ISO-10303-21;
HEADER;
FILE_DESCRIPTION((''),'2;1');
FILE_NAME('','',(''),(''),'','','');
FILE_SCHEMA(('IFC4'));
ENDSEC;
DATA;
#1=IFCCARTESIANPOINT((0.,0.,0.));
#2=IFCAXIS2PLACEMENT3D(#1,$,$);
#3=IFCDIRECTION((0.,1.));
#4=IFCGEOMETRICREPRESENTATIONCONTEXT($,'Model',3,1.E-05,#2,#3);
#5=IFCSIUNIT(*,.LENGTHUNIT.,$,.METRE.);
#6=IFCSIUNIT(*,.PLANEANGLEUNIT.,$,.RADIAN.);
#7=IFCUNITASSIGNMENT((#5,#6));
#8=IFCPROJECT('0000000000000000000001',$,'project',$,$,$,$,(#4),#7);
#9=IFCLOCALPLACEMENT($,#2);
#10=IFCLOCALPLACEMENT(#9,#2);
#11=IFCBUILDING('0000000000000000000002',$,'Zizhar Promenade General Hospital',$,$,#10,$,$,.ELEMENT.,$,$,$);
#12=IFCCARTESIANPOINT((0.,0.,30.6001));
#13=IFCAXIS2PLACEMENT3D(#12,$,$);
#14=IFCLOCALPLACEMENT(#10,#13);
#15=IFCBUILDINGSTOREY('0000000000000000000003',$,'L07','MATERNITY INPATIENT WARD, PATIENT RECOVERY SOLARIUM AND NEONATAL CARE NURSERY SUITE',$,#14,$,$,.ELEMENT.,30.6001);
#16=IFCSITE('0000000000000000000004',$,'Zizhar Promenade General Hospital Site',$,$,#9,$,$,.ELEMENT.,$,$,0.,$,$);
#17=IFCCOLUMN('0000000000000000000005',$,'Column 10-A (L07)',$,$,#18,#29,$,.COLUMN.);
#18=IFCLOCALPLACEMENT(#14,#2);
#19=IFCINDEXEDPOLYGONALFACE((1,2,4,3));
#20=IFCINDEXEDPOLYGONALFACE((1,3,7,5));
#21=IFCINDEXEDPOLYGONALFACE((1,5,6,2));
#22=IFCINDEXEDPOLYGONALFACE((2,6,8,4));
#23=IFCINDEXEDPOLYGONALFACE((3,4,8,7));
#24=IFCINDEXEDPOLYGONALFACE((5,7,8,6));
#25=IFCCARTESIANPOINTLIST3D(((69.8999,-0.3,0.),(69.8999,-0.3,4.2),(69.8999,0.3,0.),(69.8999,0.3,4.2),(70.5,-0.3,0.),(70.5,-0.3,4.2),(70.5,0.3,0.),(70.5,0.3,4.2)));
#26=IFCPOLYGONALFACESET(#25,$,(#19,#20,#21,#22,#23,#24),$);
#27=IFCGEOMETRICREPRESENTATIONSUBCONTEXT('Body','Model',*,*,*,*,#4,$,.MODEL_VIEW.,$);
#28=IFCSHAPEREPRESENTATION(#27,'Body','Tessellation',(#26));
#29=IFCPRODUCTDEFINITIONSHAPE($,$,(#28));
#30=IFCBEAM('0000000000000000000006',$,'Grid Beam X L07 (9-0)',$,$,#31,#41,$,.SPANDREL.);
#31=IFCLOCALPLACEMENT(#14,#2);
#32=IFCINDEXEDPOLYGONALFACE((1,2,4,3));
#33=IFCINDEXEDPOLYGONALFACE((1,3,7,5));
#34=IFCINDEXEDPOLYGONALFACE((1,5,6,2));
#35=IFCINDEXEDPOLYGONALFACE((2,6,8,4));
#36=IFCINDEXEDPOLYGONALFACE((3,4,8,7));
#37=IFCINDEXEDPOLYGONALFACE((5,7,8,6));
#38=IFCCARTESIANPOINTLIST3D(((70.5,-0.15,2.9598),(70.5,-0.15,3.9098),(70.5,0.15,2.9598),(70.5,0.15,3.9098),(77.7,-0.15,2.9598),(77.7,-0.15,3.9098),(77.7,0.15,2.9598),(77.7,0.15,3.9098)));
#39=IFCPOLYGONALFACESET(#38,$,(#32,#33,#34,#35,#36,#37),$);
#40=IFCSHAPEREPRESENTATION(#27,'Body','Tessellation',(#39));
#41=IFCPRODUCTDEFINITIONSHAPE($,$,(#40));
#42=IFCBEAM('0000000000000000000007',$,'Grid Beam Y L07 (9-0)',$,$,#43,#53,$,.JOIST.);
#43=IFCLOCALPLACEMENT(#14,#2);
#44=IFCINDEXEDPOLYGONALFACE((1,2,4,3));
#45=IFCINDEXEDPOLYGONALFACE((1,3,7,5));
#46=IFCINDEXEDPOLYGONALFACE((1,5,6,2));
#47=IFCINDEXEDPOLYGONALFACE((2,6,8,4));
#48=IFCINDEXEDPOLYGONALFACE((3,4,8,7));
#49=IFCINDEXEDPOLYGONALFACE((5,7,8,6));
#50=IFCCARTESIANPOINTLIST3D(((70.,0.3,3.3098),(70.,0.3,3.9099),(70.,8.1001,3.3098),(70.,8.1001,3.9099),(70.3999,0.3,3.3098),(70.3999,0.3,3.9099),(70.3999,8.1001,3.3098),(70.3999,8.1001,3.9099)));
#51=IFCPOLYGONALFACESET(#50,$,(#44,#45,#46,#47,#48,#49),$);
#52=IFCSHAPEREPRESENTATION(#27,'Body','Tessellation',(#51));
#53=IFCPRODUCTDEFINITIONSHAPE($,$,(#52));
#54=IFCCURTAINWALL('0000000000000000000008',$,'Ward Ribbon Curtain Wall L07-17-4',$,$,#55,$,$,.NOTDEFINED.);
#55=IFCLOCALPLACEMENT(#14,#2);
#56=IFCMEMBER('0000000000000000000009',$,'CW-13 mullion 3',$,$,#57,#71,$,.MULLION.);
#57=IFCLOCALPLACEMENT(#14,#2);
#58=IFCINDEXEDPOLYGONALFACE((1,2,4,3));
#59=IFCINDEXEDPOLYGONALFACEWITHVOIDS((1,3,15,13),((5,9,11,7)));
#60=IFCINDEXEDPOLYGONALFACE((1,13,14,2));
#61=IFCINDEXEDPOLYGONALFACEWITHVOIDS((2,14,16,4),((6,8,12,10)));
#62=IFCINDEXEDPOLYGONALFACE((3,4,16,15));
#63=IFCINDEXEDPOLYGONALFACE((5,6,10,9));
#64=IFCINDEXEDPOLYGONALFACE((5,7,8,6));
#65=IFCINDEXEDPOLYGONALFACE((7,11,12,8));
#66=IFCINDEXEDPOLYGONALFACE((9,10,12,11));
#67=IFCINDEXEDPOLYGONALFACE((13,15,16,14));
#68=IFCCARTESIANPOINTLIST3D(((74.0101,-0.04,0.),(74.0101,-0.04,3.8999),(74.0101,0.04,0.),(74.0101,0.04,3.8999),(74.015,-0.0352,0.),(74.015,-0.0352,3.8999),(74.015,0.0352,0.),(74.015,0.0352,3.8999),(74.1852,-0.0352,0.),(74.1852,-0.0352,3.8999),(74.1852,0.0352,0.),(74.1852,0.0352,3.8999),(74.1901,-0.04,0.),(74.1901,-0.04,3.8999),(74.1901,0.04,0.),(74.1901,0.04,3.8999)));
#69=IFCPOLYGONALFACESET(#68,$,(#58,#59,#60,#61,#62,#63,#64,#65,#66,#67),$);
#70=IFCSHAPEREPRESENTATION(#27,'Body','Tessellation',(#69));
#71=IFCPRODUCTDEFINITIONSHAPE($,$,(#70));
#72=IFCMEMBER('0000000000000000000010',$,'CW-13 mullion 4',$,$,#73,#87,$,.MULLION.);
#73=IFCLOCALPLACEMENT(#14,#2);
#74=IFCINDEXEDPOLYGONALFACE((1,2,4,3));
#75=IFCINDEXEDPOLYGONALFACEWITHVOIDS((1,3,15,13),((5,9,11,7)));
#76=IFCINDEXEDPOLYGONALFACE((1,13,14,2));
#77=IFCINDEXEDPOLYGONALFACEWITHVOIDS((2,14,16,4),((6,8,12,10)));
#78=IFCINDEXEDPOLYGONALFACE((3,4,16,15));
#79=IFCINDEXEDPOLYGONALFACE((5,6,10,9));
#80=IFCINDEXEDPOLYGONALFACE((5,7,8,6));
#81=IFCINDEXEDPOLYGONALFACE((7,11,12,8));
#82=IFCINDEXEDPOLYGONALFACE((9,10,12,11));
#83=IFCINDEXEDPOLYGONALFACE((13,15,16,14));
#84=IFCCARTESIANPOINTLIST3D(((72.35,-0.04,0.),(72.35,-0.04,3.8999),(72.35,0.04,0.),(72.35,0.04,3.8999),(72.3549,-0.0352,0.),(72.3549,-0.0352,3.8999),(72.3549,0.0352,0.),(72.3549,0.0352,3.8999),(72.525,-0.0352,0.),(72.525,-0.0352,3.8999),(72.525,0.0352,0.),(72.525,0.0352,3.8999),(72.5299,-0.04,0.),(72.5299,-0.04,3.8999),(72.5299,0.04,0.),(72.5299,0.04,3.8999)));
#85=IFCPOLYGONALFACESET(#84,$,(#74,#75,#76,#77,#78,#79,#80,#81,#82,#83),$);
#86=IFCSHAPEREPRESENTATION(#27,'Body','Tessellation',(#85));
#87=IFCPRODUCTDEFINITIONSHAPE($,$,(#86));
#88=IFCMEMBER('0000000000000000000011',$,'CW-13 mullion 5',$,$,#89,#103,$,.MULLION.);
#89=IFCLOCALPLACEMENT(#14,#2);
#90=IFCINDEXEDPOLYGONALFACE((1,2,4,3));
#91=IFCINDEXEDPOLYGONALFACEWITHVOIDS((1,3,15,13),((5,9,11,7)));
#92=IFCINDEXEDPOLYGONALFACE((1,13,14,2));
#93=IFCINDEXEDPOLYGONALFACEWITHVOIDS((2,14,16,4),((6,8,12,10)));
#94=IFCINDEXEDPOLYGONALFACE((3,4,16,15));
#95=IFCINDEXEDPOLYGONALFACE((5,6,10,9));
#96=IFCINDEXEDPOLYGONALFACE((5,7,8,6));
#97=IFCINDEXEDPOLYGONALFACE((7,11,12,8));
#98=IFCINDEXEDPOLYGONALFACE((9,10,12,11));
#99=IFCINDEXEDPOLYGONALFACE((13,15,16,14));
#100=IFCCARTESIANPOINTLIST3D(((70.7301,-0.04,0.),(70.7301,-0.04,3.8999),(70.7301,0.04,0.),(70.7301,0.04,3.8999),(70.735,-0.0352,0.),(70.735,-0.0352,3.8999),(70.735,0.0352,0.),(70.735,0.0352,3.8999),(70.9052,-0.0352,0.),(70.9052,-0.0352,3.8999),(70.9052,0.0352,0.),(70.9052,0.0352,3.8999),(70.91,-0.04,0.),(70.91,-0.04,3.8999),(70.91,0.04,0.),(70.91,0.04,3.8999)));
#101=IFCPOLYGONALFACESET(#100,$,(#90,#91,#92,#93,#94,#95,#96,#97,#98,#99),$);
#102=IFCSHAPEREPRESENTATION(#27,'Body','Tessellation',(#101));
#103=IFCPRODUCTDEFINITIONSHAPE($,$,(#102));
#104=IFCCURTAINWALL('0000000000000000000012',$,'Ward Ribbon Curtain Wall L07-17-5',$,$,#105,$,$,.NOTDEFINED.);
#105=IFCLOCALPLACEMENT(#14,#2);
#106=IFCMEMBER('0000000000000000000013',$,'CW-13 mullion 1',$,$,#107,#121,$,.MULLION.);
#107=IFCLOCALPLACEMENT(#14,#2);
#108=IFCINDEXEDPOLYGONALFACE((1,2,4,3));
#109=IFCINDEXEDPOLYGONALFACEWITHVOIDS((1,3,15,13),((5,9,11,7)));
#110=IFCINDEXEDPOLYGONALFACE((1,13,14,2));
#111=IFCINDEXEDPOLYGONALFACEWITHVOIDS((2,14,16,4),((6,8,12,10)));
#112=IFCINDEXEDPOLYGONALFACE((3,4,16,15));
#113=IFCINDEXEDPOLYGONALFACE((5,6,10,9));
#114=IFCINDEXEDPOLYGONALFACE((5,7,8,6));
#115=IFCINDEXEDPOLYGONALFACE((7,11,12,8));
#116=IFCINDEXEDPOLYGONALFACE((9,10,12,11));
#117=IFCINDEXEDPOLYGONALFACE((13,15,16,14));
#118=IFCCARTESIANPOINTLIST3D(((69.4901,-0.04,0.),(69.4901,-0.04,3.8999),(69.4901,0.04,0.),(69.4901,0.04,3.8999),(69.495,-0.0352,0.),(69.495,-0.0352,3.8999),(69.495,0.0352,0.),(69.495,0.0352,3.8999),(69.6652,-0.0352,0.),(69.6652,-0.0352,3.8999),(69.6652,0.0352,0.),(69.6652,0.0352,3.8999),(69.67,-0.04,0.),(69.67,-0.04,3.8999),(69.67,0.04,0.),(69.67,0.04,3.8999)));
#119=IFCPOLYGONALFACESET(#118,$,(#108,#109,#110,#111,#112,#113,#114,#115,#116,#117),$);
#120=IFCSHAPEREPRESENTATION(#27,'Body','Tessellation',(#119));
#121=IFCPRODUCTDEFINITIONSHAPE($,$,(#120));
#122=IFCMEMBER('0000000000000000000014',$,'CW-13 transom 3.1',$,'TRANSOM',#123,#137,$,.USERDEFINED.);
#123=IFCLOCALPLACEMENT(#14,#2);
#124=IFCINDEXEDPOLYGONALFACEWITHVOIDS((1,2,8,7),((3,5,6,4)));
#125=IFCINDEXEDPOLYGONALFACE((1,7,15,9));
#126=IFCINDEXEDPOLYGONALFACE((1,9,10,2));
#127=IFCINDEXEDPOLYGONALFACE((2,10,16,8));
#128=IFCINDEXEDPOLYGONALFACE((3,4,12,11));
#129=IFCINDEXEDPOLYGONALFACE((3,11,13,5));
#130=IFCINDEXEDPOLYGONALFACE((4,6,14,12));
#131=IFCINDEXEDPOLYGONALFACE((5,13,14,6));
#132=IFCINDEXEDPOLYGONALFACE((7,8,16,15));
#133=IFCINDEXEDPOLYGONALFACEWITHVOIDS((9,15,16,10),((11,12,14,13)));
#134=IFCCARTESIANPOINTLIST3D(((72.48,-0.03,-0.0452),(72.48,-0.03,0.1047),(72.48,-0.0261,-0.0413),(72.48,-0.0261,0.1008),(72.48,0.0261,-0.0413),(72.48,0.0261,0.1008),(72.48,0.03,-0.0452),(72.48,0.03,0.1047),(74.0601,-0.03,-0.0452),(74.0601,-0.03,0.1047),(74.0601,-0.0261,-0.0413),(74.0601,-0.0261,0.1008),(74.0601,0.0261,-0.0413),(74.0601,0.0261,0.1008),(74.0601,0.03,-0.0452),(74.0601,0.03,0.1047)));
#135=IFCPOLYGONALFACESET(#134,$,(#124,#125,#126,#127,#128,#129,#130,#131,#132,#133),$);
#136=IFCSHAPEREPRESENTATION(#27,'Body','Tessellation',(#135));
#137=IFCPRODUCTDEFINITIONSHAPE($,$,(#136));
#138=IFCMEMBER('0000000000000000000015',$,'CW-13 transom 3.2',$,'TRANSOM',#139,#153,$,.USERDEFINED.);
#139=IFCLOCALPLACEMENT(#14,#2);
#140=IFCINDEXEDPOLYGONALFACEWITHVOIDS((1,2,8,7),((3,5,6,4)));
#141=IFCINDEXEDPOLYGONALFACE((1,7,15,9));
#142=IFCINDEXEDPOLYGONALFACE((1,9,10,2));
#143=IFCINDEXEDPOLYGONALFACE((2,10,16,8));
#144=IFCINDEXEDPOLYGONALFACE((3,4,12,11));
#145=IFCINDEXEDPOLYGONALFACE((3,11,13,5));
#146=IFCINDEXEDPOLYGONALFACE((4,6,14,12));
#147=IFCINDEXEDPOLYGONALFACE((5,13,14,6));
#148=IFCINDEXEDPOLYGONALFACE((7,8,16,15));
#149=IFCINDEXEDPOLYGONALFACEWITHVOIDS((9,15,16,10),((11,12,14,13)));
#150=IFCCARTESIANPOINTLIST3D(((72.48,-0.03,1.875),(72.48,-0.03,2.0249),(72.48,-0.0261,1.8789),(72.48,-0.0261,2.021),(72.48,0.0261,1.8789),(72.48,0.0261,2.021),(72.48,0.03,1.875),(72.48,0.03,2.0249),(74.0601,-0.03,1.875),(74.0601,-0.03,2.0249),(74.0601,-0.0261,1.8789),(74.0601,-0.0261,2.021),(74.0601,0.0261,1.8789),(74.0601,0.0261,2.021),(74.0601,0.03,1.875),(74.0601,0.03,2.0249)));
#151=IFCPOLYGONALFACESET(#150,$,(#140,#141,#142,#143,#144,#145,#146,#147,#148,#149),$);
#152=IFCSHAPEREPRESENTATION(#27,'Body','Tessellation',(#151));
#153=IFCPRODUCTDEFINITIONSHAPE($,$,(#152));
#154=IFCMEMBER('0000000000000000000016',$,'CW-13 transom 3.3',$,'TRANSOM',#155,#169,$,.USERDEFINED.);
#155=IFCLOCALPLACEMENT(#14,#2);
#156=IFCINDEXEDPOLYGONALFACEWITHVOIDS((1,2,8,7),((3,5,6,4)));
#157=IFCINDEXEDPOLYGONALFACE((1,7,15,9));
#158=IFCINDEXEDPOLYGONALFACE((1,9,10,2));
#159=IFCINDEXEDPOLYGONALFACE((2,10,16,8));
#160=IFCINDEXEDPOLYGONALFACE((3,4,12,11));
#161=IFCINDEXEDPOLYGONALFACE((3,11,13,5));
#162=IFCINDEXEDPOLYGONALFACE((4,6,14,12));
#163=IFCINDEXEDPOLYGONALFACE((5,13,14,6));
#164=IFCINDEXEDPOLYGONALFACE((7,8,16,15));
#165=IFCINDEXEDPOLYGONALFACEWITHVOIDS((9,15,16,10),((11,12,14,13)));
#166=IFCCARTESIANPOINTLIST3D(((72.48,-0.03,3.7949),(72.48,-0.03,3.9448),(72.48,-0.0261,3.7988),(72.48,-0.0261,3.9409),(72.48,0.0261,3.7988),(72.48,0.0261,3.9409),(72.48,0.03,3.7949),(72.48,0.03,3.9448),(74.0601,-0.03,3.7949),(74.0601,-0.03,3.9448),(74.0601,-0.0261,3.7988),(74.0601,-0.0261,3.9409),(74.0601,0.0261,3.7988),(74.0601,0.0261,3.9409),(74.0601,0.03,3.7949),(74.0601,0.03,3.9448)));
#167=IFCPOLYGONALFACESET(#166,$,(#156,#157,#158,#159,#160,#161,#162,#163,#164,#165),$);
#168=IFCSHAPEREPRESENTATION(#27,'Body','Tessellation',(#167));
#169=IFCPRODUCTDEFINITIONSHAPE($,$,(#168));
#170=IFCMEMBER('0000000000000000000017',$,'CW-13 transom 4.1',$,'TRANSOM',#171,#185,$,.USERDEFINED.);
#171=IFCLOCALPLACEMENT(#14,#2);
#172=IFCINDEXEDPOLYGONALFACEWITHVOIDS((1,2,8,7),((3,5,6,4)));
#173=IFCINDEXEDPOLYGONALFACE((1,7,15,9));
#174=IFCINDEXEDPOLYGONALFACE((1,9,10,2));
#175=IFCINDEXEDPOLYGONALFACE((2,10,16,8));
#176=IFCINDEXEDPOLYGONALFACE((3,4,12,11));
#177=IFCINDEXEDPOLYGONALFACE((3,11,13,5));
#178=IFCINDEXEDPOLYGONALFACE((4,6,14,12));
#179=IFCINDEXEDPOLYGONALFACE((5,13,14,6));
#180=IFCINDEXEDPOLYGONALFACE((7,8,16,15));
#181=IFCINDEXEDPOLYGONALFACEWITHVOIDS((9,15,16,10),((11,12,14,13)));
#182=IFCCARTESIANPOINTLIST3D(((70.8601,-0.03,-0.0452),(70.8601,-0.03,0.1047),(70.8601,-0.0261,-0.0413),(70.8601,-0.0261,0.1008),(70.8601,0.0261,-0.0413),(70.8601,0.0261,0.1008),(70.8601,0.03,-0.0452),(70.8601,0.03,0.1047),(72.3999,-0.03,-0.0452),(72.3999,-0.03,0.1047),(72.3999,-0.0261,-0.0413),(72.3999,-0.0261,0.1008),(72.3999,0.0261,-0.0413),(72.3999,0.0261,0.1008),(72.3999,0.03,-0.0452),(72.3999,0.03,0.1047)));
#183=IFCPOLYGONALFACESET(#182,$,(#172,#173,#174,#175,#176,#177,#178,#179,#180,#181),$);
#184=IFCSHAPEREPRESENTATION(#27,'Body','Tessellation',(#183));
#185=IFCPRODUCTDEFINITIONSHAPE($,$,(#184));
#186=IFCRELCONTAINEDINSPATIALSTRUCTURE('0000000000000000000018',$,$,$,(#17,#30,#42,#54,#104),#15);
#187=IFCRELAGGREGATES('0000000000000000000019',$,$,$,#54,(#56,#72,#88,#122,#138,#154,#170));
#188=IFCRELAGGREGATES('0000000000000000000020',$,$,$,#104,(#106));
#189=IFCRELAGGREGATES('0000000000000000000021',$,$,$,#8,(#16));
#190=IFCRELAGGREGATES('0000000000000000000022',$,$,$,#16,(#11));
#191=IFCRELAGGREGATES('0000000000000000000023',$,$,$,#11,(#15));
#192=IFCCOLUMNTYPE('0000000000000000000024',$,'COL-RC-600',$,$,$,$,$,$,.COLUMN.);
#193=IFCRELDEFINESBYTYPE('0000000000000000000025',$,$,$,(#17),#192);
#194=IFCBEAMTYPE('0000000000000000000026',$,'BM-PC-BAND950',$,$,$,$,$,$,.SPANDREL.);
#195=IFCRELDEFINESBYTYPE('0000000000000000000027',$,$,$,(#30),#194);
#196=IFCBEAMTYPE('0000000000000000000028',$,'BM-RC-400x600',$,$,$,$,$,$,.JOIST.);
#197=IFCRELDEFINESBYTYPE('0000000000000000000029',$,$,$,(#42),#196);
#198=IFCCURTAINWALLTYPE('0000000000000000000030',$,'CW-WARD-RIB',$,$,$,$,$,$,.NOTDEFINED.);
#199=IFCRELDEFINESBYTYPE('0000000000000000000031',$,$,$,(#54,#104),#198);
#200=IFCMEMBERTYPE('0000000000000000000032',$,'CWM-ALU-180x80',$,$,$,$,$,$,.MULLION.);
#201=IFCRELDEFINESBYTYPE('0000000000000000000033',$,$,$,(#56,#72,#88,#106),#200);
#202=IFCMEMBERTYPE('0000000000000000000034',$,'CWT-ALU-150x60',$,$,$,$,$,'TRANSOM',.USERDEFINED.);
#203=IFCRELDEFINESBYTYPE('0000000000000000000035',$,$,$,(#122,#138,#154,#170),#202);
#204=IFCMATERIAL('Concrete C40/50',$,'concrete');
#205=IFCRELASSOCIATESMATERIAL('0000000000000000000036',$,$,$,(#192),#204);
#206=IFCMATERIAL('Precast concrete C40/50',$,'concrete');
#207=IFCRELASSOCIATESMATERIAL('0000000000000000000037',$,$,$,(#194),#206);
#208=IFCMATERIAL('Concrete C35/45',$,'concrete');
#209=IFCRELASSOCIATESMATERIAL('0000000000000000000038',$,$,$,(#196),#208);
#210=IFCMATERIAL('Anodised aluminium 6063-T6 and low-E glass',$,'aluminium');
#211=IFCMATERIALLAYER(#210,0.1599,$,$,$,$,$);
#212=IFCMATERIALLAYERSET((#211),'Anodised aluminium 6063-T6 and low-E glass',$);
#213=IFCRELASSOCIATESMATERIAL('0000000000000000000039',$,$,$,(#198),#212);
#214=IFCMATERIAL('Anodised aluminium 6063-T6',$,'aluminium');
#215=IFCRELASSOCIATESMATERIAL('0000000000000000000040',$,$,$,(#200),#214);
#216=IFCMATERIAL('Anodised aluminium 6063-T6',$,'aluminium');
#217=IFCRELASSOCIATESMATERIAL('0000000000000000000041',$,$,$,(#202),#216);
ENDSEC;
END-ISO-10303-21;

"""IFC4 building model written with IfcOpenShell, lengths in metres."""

from ifc_helpers import new_model, si_unit, direction, frame, origin, origin_2d, place, context, subcontext, project, spatial, rectangle, hollow_rectangle, extrude, material, layer, layer_set, material_profile, profile_set, type_object, element, aggregate, save


model = new_model("IFC4")

# Units and contexts
model_context = context("Model", 3, precision=1e-05, world=origin(), true_north=direction((0.0, 1.0)))
body_context = subcontext(model_context, "Body", "Model", "MODEL_VIEW")
ifc_project = project(units=[si_unit("LENGTHUNIT", "METRE"), si_unit("PLANEANGLEUNIT", "RADIAN")], contexts=[model_context])

# Site, building, storey
site_placement = place(None, origin())
site = spatial("IfcSite", under=ifc_project, at=site_placement, Name="Zizhar Promenade General Hospital Site", CompositionType="ELEMENT", RefElevation=0.0)
building_placement = place(site_placement, origin())
building = spatial("IfcBuilding", under=site, at=building_placement, Name="Zizhar Promenade General Hospital", CompositionType="ELEMENT")
storey_placement = place(building_placement, frame((0.0, 0.0, 30.6001)))
storey = spatial("IfcBuildingStorey", under=building, at=storey_placement, Name="L07", Description="MATERNITY INPATIENT WARD, PATIENT RECOVERY SOLARIUM AND NEONATAL CARE NURSERY SUITE", CompositionType="ELEMENT", Elevation=30.6001)

# Column
ifc_material_1 = material(Name="Concrete C40/50", Category="concrete")
ifc_material_profile_1 = material_profile(ifc_material_1, rectangle(XDim=0.6001, YDim=0.6001, at=origin_2d()))
ifc_profile_set_1 = profile_set([ifc_material_profile_1], Name="Concrete C40/50")
column_type = type_object("IfcColumnType", Name="COL-RC-600", PredefinedType="COLUMN", material=ifc_profile_set_1)
column_placement = place(storey_placement, frame((70.2, 0.0, 0.0), z_axis=(0.0, 0.0, 1.0), x_axis=(1.0, 0.0, 0.0)))
element("IfcColumn", 1, at=column_placement, inside=storey, type_object=column_type, Name="Column 10-A (L07)", PredefinedType="COLUMN", context=body_context, shape_type="SweptSolid", body=[
    extrude(rectangle(XDim=0.6001, YDim=0.6001, at=origin_2d()), origin(), (0.0, 0.0, 1.0), 4.2),
])

# Beams
ifc_material_2 = material(Name="Precast concrete C40/50", Category="concrete")
ifc_material_profile_2 = material_profile(ifc_material_2, rectangle(XDim=0.3, YDim=0.95, at=origin_2d()))
ifc_profile_set_2 = profile_set([ifc_material_profile_2], Name="Precast concrete C40/50")
beam_type_1 = type_object("IfcBeamType", Name="BM-PC-BAND950", PredefinedType="SPANDREL", material=ifc_profile_set_2)
beam_1_placement = place(storey_placement, frame((70.5, 0.0, 3.4348), z_axis=(1.0, 0.0, 0.0), x_axis=(0.0, 1.0, 0.0)))
element("IfcBeam", 2, at=beam_1_placement, inside=storey, type_object=beam_type_1, Name="Grid Beam X L07 (9-0)", PredefinedType="SPANDREL", context=body_context, shape_type="SweptSolid", body=[
    extrude(rectangle(XDim=0.3, YDim=0.95, at=origin_2d()), origin(), (0.0, 0.0, 1.0), 7.2),
])
ifc_material_3 = material(Name="Concrete C35/45", Category="concrete")
ifc_material_profile_3 = material_profile(ifc_material_3, rectangle(XDim=0.3999, YDim=0.6001, at=origin_2d()))
ifc_profile_set_3 = profile_set([ifc_material_profile_3], Name="Concrete C35/45")
beam_type_2 = type_object("IfcBeamType", Name="BM-RC-400x600", PredefinedType="JOIST", material=ifc_profile_set_3)
beam_2_placement = place(storey_placement, frame((70.2, 0.3, 3.6099), z_axis=(0.0, 1.0, 0.0), x_axis=(-1.0, 0.0, 0.0)))
element("IfcBeam", 3, at=beam_2_placement, inside=storey, type_object=beam_type_2, Name="Grid Beam Y L07 (9-0)", PredefinedType="JOIST", context=body_context, shape_type="SweptSolid", body=[
    extrude(rectangle(XDim=0.3999, YDim=0.6001, at=origin_2d()), origin(), (0.0, 0.0, 1.0), 7.8),
])

# Curtain wall, members
ifc_material_4 = material(Name="Anodised aluminium 6063-T6 and low-E glass", Category="aluminium")
ifc_layer_1 = layer(ifc_material_4, 0.1599)
ifc_layer_set_1 = layer_set([ifc_layer_1], Name="Anodised aluminium 6063-T6 and low-E glass")
curtain_wall_type = type_object("IfcCurtainWallType", Name="CW-WARD-RIB", PredefinedType="NOTDEFINED", material=ifc_layer_set_1)
curtain_wall_1_placement = place(storey_placement, origin())
curtain_wall_1 = element("IfcCurtainWall", 4, at=curtain_wall_1_placement, inside=storey, type_object=curtain_wall_type, Name="Ward Ribbon Curtain Wall L07-17-4", PredefinedType="NOTDEFINED")
ifc_material_5 = material(Name="Anodised aluminium 6063-T6", Category="aluminium")
ifc_material_profile_4 = material_profile(ifc_material_5, hollow_rectangle(XDim=0.0801, YDim=0.1799, WallThickness=0.0049, at=origin_2d()))
ifc_profile_set_4 = profile_set([ifc_material_profile_4], Name="Anodised aluminium 6063-T6")
member_type_1 = type_object("IfcMemberType", Name="CWM-ALU-180x80", PredefinedType="MULLION", material=ifc_profile_set_4)
member_1_placement = place(storey_placement, frame((74.1001, 0.0, 0.0), z_axis=(0.0, 0.0, 1.0), x_axis=(0.0, -1.0, 0.0)))
member_1 = element("IfcMember", 5, at=member_1_placement, type_object=member_type_1, Name="CW-13 mullion 3", PredefinedType="MULLION", context=body_context, shape_type="SweptSolid", body=[
    extrude(hollow_rectangle(XDim=0.0801, YDim=0.1799, WallThickness=0.0049, at=origin_2d()), origin(), (0.0, 0.0, 1.0), 3.8999),
])
member_2_placement = place(storey_placement, frame((72.4399, 0.0, 0.0), z_axis=(0.0, 0.0, 1.0), x_axis=(0.0, -1.0, 0.0)))
member_2 = element("IfcMember", 6, at=member_2_placement, type_object=member_type_1, Name="CW-13 mullion 4", PredefinedType="MULLION", context=body_context, shape_type="SweptSolid", body=[
    extrude(hollow_rectangle(XDim=0.0801, YDim=0.1799, WallThickness=0.0049, at=origin_2d()), origin(), (0.0, 0.0, 1.0), 3.8999),
])
member_3_placement = place(storey_placement, frame((70.8201, 0.0, 0.0), z_axis=(0.0, 0.0, 1.0), x_axis=(0.0, -1.0, 0.0)))
member_3 = element("IfcMember", 7, at=member_3_placement, type_object=member_type_1, Name="CW-13 mullion 5", PredefinedType="MULLION", context=body_context, shape_type="SweptSolid", body=[
    extrude(hollow_rectangle(XDim=0.0801, YDim=0.1799, WallThickness=0.0049, at=origin_2d()), origin(), (0.0, 0.0, 1.0), 3.8999),
])

# Curtain wall, member
curtain_wall_2_placement = place(storey_placement, origin())
curtain_wall_2 = element("IfcCurtainWall", 8, at=curtain_wall_2_placement, inside=storey, type_object=curtain_wall_type, Name="Ward Ribbon Curtain Wall L07-17-5", PredefinedType="NOTDEFINED")
member_4_placement = place(storey_placement, frame((69.5801, 0.0, 0.0), z_axis=(0.0, 0.0, 1.0), x_axis=(0.0, -1.0, 0.0)))
member_4 = element("IfcMember", 9, at=member_4_placement, type_object=member_type_1, Name="CW-13 mullion 1", PredefinedType="MULLION", context=body_context, shape_type="SweptSolid", body=[
    extrude(hollow_rectangle(XDim=0.0801, YDim=0.1799, WallThickness=0.0049, at=origin_2d()), origin(), (0.0, 0.0, 1.0), 3.8999),
])

# Members
ifc_material_6 = material(Name="Anodised aluminium 6063-T6", Category="aluminium")
ifc_material_profile_5 = material_profile(ifc_material_6, hollow_rectangle(XDim=0.0601, YDim=0.1499, WallThickness=0.0039, at=origin_2d()))
ifc_profile_set_5 = profile_set([ifc_material_profile_5], Name="Anodised aluminium 6063-T6")
member_type_2 = type_object("IfcMemberType", Name="CWT-ALU-150x60", ElementType="TRANSOM", PredefinedType="USERDEFINED", material=ifc_profile_set_5)
member_5_placement = place(storey_placement, frame((74.0601, 0.0, 0.0298), z_axis=(-1.0, 0.0, 0.0), x_axis=(0.0, -1.0, 0.0)))
member_5 = element("IfcMember", 10, at=member_5_placement, type_object=member_type_2, Name="CW-13 transom 3.1", ObjectType="TRANSOM", PredefinedType="USERDEFINED", context=body_context, shape_type="SweptSolid", body=[
    extrude(hollow_rectangle(XDim=0.0601, YDim=0.1499, WallThickness=0.0039, at=origin_2d()), origin(), (0.0, 0.0, 1.0), 1.5801),
])
member_6_placement = place(storey_placement, frame((74.0601, 0.0, 1.95), z_axis=(-1.0, 0.0, 0.0), x_axis=(0.0, -1.0, 0.0)))
member_6 = element("IfcMember", 11, at=member_6_placement, type_object=member_type_2, Name="CW-13 transom 3.2", ObjectType="TRANSOM", PredefinedType="USERDEFINED", context=body_context, shape_type="SweptSolid", body=[
    extrude(hollow_rectangle(XDim=0.0601, YDim=0.1499, WallThickness=0.0039, at=origin_2d()), origin(), (0.0, 0.0, 1.0), 1.5801),
])
member_7_placement = place(storey_placement, frame((74.0601, 0.0, 3.8699), z_axis=(-1.0, 0.0, 0.0), x_axis=(0.0, -1.0, 0.0)))
member_7 = element("IfcMember", 12, at=member_7_placement, type_object=member_type_2, Name="CW-13 transom 3.3", ObjectType="TRANSOM", PredefinedType="USERDEFINED", context=body_context, shape_type="SweptSolid", body=[
    extrude(hollow_rectangle(XDim=0.0601, YDim=0.1499, WallThickness=0.0039, at=origin_2d()), origin(), (0.0, 0.0, 1.0), 1.5801),
])
member_8_placement = place(storey_placement, frame((72.3999, 0.0, 0.0298), z_axis=(-1.0, 0.0, 0.0), x_axis=(0.0, -1.0, 0.0)))
member_8 = element("IfcMember", 13, at=member_8_placement, type_object=member_type_2, Name="CW-13 transom 4.1", ObjectType="TRANSOM", PredefinedType="USERDEFINED", context=body_context, shape_type="SweptSolid", body=[
    extrude(hollow_rectangle(XDim=0.0601, YDim=0.1499, WallThickness=0.0039, at=origin_2d()), origin(), (0.0, 0.0, 1.0), 1.5398),
])

aggregate(curtain_wall_1, [member_1, member_2, member_3, member_5, member_6, member_7, member_8])
aggregate(curtain_wall_2, [member_4])

save(model, "model.ifc")
